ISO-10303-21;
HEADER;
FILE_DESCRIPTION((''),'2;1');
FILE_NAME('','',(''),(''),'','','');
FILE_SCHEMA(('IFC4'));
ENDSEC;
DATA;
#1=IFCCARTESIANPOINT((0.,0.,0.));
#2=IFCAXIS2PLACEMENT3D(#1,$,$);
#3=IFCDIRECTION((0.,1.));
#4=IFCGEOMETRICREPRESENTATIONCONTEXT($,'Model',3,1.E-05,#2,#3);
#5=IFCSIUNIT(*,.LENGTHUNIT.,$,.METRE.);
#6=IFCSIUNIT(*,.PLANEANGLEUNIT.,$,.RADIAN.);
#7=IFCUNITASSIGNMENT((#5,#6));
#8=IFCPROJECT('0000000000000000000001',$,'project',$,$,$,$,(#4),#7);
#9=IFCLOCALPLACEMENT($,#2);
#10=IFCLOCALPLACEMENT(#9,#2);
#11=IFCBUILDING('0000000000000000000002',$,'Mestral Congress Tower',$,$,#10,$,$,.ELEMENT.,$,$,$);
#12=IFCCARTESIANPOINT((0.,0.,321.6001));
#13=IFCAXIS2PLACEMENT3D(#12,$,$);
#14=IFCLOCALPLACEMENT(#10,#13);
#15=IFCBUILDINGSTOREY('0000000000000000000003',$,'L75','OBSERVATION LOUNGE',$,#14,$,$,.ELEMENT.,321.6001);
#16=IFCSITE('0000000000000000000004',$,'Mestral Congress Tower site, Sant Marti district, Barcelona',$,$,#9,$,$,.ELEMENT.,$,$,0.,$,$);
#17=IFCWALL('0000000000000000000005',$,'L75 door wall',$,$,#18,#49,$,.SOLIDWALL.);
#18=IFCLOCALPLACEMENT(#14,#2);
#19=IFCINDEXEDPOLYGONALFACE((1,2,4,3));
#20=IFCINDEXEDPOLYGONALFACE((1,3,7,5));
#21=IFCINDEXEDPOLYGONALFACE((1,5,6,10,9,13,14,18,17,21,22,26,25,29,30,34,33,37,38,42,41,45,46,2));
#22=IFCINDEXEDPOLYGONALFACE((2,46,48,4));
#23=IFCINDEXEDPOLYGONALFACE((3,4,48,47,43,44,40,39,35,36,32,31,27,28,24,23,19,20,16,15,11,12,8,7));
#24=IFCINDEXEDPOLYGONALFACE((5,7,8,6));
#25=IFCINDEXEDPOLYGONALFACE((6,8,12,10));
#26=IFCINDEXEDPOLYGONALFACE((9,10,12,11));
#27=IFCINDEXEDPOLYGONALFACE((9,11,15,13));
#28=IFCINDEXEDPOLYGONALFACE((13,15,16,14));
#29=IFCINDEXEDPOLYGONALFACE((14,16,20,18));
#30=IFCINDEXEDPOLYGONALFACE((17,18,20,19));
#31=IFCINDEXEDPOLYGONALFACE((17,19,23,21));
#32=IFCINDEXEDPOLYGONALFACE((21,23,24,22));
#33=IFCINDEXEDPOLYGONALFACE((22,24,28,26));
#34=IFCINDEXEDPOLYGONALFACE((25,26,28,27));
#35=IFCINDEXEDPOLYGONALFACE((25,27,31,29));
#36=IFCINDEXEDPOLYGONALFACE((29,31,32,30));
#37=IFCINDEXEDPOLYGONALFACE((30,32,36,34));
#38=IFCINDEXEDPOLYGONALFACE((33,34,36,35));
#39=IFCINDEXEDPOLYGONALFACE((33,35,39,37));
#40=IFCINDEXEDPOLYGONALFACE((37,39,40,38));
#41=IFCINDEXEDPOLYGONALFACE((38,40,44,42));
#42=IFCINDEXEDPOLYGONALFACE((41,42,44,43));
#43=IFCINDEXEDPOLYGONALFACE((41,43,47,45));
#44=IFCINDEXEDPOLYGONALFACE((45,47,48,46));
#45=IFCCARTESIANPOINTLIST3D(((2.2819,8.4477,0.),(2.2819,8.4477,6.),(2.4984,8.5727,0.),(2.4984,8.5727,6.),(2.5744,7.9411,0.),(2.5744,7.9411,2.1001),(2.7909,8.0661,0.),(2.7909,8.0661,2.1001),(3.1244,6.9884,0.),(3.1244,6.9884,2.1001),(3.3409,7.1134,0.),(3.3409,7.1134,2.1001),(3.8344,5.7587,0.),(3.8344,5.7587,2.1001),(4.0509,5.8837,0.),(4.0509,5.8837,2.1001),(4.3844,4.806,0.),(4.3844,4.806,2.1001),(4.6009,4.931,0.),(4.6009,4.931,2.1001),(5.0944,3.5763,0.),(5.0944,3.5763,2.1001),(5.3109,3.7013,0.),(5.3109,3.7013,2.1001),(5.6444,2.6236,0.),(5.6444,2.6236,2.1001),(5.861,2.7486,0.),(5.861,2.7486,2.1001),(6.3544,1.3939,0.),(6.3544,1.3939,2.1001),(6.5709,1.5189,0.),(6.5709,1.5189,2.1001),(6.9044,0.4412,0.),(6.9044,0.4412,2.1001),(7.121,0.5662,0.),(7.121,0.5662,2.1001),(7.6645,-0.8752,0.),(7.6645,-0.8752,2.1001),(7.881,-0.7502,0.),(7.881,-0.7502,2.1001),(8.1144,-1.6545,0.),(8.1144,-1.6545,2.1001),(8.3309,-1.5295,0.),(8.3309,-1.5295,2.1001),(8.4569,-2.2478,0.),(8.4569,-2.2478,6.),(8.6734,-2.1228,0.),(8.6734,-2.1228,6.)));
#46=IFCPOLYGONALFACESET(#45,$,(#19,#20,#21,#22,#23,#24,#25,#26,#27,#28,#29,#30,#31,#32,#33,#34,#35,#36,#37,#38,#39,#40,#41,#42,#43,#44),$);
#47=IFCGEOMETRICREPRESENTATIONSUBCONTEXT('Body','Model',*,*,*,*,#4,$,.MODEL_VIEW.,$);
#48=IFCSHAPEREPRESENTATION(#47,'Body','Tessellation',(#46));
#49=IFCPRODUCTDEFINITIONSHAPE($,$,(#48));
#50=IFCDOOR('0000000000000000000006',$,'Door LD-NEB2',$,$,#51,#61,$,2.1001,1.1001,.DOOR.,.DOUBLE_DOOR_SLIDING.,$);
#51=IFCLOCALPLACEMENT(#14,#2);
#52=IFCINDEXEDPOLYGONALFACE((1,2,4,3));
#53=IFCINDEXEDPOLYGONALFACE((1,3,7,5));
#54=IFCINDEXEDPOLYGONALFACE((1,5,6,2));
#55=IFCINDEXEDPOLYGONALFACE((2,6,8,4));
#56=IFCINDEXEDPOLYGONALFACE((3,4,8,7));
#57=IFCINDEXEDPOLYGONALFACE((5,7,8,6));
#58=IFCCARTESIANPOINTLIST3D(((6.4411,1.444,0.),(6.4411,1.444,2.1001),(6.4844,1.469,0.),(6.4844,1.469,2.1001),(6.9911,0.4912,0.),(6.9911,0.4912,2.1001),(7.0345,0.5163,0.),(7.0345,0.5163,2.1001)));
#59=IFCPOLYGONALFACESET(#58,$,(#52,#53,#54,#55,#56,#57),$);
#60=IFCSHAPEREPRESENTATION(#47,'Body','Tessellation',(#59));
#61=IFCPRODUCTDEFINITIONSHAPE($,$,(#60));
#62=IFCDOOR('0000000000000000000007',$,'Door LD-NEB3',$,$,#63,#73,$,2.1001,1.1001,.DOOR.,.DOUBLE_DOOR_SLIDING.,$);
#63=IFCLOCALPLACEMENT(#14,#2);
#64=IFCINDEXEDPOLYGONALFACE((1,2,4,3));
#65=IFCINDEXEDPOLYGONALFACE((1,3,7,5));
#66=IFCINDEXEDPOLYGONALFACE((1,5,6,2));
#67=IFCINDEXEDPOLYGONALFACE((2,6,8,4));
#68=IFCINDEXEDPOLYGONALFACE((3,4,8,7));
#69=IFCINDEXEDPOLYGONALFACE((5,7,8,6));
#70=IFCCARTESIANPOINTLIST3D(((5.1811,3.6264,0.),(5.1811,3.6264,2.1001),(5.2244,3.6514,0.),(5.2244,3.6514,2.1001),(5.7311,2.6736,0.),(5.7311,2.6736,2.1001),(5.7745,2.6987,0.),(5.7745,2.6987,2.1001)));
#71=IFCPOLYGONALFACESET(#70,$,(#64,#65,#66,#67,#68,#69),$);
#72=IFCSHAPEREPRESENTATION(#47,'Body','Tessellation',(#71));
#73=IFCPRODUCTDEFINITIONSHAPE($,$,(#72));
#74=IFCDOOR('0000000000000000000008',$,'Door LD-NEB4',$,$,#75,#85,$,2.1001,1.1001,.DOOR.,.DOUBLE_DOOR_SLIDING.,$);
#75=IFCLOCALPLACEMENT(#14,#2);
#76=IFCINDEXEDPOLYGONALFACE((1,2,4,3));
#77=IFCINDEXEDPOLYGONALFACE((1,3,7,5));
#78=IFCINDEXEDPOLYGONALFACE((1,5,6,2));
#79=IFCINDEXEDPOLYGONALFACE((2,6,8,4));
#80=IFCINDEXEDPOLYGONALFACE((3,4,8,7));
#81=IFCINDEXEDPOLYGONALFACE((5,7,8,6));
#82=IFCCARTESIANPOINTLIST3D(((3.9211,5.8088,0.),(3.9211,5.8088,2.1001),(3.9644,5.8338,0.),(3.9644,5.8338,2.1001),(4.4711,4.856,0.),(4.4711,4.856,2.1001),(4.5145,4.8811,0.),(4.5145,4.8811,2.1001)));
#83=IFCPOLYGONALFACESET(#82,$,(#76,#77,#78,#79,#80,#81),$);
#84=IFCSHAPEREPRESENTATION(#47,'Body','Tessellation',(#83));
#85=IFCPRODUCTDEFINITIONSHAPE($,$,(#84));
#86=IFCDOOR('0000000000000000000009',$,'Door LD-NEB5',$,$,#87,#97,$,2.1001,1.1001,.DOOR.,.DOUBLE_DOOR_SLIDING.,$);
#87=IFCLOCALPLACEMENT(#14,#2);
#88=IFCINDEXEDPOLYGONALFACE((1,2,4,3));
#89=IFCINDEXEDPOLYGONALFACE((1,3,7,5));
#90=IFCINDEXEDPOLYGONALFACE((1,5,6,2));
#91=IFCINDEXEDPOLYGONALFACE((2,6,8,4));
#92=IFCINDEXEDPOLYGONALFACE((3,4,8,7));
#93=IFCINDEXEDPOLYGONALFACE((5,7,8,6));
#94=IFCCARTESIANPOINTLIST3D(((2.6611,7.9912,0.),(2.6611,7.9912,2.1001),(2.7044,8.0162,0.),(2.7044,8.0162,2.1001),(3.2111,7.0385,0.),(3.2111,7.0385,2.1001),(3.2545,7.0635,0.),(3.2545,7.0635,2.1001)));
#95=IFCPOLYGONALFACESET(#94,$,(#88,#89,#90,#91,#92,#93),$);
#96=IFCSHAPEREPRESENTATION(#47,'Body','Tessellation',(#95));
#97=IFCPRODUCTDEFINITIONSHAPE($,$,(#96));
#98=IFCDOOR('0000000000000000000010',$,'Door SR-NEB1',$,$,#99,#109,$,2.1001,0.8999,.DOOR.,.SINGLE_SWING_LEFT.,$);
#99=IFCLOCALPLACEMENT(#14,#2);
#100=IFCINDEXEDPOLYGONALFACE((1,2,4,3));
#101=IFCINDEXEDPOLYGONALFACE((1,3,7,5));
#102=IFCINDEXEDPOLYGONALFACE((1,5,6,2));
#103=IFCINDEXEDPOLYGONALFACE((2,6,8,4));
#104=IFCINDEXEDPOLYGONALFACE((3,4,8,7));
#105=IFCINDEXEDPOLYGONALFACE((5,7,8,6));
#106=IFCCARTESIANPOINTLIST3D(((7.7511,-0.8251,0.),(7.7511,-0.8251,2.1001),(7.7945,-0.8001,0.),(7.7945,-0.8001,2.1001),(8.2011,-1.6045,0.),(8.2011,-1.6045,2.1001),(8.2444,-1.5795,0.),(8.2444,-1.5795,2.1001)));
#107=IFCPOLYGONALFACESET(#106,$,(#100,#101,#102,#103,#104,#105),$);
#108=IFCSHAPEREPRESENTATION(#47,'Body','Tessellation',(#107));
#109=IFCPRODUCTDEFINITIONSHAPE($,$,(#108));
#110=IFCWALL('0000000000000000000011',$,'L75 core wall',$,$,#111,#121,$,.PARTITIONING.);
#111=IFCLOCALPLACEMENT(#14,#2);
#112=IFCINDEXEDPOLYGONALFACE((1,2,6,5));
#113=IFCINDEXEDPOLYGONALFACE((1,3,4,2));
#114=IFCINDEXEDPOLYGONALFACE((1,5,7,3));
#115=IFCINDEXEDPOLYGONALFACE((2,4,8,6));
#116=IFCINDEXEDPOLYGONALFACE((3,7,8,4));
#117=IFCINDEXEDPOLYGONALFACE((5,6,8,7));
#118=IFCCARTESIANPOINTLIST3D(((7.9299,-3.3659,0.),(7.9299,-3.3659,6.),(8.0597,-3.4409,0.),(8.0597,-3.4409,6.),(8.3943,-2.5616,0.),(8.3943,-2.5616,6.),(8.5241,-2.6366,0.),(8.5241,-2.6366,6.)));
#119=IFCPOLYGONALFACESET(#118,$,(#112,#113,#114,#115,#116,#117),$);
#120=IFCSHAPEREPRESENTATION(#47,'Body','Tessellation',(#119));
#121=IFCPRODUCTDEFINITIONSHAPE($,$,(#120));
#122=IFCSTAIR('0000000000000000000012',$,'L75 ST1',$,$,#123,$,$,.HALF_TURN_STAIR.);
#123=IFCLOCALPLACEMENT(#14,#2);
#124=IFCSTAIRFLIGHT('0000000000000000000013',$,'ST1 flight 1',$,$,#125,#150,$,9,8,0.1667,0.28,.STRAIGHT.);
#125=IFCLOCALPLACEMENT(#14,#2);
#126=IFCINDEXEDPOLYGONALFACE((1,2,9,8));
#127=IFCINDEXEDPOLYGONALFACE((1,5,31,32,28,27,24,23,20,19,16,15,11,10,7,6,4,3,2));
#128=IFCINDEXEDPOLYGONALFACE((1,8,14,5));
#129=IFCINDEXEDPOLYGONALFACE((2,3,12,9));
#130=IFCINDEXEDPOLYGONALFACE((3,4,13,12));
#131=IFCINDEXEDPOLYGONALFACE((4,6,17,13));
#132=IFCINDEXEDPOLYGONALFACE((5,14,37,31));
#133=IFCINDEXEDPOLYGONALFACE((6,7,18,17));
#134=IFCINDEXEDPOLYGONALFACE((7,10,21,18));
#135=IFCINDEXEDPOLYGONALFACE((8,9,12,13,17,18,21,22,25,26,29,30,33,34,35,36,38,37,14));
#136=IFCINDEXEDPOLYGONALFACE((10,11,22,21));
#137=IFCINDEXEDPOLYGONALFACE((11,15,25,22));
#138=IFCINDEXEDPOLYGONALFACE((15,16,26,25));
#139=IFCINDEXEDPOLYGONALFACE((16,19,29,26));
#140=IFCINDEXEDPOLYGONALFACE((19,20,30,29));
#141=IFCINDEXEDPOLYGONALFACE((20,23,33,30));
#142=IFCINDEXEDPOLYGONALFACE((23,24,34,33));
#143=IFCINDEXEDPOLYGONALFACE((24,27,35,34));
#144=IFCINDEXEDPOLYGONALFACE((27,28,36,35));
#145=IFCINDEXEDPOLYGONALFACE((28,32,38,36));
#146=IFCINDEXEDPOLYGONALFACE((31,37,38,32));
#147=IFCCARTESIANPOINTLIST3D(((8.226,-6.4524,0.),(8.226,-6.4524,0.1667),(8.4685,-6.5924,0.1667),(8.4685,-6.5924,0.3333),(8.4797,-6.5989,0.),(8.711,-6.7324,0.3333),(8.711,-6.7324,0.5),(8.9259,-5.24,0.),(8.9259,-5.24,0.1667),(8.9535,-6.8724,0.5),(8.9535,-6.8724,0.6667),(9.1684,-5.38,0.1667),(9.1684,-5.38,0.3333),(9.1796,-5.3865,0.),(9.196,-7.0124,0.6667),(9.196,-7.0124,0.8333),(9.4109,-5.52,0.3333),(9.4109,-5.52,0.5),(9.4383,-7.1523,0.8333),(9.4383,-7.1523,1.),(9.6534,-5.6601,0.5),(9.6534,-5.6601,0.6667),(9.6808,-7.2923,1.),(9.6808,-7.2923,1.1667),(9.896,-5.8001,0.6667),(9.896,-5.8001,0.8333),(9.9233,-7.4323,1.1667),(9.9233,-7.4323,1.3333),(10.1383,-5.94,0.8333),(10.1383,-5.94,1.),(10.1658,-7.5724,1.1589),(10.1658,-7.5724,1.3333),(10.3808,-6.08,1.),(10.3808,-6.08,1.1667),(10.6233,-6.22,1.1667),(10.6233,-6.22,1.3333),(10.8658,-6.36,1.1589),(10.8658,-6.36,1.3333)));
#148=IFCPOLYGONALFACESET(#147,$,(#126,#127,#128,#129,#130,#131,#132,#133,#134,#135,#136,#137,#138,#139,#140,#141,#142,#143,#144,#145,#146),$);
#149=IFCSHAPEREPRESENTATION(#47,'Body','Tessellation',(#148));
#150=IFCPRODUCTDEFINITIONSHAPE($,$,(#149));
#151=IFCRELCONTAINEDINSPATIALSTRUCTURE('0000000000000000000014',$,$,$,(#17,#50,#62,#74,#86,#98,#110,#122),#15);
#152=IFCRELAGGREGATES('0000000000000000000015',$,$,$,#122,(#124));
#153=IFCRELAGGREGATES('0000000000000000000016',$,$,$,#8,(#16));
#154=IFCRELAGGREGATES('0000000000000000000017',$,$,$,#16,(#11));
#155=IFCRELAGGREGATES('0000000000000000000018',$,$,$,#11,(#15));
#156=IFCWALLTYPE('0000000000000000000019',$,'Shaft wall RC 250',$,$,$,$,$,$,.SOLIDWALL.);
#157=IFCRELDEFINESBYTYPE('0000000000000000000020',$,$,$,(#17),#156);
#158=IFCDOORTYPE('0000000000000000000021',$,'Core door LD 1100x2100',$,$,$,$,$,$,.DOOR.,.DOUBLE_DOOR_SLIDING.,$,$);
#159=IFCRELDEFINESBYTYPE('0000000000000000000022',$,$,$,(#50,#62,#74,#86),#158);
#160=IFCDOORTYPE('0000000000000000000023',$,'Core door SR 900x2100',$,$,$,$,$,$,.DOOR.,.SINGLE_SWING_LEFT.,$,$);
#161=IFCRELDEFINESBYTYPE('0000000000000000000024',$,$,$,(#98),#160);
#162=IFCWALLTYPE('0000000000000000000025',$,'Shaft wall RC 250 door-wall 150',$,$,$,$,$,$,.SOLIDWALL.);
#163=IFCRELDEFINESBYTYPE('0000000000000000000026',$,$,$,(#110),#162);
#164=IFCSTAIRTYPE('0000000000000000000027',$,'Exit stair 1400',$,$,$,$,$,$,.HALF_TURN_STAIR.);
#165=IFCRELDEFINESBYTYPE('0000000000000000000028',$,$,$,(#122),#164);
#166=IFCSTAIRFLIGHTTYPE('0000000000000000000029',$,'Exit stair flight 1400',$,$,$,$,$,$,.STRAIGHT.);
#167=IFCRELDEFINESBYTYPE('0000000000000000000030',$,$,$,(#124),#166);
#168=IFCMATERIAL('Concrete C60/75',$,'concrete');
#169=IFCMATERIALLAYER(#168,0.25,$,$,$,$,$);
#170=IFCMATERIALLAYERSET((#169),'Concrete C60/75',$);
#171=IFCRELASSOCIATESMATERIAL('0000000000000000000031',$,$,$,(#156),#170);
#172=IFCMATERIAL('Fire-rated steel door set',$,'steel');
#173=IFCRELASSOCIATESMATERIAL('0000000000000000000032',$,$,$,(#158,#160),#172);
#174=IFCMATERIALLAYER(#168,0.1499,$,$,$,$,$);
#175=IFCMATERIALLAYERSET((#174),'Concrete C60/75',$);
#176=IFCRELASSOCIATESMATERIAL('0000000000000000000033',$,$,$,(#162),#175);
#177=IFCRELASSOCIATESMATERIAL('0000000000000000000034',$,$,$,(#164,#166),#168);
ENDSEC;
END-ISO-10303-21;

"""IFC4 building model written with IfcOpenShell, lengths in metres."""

from ifc_helpers import new_model, si_unit, direction, frame, frame_2d, origin, place, context, subcontext, project, spatial, polyline, rectangle, outline, extrude, material, layer, layer_set, type_object, element, fill, aggregate, save


model = new_model("IFC4")

# Units and contexts
model_context = context("Model", 3, precision=1e-05, world=origin(), true_north=direction((0.0, 1.0)))
body_context = subcontext(model_context, "Body", "Model", "MODEL_VIEW")
ifc_project = project(units=[si_unit("LENGTHUNIT", "METRE"), si_unit("PLANEANGLEUNIT", "RADIAN")], contexts=[model_context])

# Site, building, storey
site_placement = place(None, origin())
site = spatial("IfcSite", under=ifc_project, at=site_placement, Name="Mestral Congress Tower site, Sant Marti district, Barcelona", CompositionType="ELEMENT", RefElevation=0.0)
building_placement = place(site_placement, origin())
building = spatial("IfcBuilding", under=site, at=building_placement, Name="Mestral Congress Tower", CompositionType="ELEMENT")
storey_placement = place(building_placement, frame((0.0, 0.0, 321.6001)))
storey = spatial("IfcBuildingStorey", under=building, at=storey_placement, Name="L75", Description="OBSERVATION LOUNGE", CompositionType="ELEMENT", Elevation=321.6001)

# Shared definitions
ifc_material_1 = material(Name="Concrete C60/75", Category="concrete")

# Shared definitions
ifc_material_2 = material(Name="Fire-rated steel door set", Category="steel")

# Wall, openings, doors
ifc_layer_1 = layer(ifc_material_1, 0.25)
ifc_layer_set_1 = layer_set([ifc_layer_1], Name="Concrete C60/75")
wall_type_1 = type_object("IfcWallType", Name="Shaft wall RC 250", PredefinedType="SOLIDWALL", material=ifc_layer_set_1)
wall_1_placement = place(storey_placement, frame((8.5652, -2.1853, 0.0), z_axis=(0.0, 0.0, 1.0), x_axis=(-0.499998, 0.866027, 0.0)))
wall_1 = element("IfcWall", 1, at=wall_1_placement, inside=storey, type_object=wall_type_1, Name="L75 door wall", PredefinedType="SOLIDWALL", context=body_context, shape_type="SweptSolid", body=[
    extrude(rectangle(XDim=12.3501, YDim=0.25, at=frame_2d((6.175, 0.0))), origin(), (0.0, 0.0, 1.0), 6.0),
])
opening_1_placement = place(wall_1_placement, frame((0.6851, 0.0, 0.0)))
opening_1 = element("IfcOpeningElement", 2, at=opening_1_placement, cuts=wall_1, PredefinedType="OPENING", context=body_context, shape_type="SweptSolid", body=[
    extrude(rectangle(XDim=0.8999, YDim=2.1001, at=frame_2d((0.45, 1.05))), frame((0.0, 0.135, 0.0), z_axis=(0.0, -1.0, 0.0), x_axis=(1.0, 0.0, 0.0)), (0.0, 0.0, 1.0), 0.27),
])
opening_2_placement = place(wall_1_placement, frame((3.105, 0.0, 0.0)))
opening_2 = element("IfcOpeningElement", 3, at=opening_2_placement, cuts=wall_1, PredefinedType="OPENING", context=body_context, shape_type="SweptSolid", body=[
    extrude(rectangle(XDim=1.1001, YDim=2.1001, at=frame_2d((0.55, 1.05))), frame((0.0, 0.135, 0.0), z_axis=(0.0, -1.0, 0.0), x_axis=(1.0, 0.0, 0.0)), (0.0, 0.0, 1.0), 0.27),
])
opening_3_placement = place(wall_1_placement, frame((5.625, 0.0, 0.0)))
opening_3 = element("IfcOpeningElement", 4, at=opening_3_placement, cuts=wall_1, PredefinedType="OPENING", context=body_context, shape_type="SweptSolid", body=[
    extrude(rectangle(XDim=1.1001, YDim=2.1001, at=frame_2d((0.55, 1.05))), frame((0.0, 0.135, 0.0), z_axis=(0.0, -1.0, 0.0), x_axis=(1.0, 0.0, 0.0)), (0.0, 0.0, 1.0), 0.27),
])
opening_4_placement = place(wall_1_placement, frame((8.145, 0.0, 0.0)))
opening_4 = element("IfcOpeningElement", 5, at=opening_4_placement, cuts=wall_1, PredefinedType="OPENING", context=body_context, shape_type="SweptSolid", body=[
    extrude(rectangle(XDim=1.1001, YDim=2.1001, at=frame_2d((0.55, 1.05))), frame((0.0, 0.135, 0.0), z_axis=(0.0, -1.0, 0.0), x_axis=(1.0, 0.0, 0.0)), (0.0, 0.0, 1.0), 0.27),
])
opening_5_placement = place(wall_1_placement, frame((10.665, 0.0, 0.0)))
opening_5 = element("IfcOpeningElement", 6, at=opening_5_placement, cuts=wall_1, PredefinedType="OPENING", context=body_context, shape_type="SweptSolid", body=[
    extrude(rectangle(XDim=1.1001, YDim=2.1001, at=frame_2d((0.55, 1.05))), frame((0.0, 0.135, 0.0), z_axis=(0.0, -1.0, 0.0), x_axis=(1.0, 0.0, 0.0)), (0.0, 0.0, 1.0), 0.27),
])
door_type_1 = type_object("IfcDoorType", Name="Core door LD 1100x2100", OperationType="DOUBLE_DOOR_SLIDING", PredefinedType="DOOR", material=ifc_material_2)
door_1_placement = place(opening_2_placement, origin())
door_1 = element("IfcDoor", 7, at=door_1_placement, inside=storey, type_object=door_type_1, Name="Door LD-NEB2", OperationType="DOUBLE_DOOR_SLIDING", OverallHeight=2.1001, OverallWidth=1.1001, PredefinedType="DOOR", context=body_context, shape_type="SweptSolid", body=[
    extrude(rectangle(XDim=1.1001, YDim=2.1001, at=frame_2d((0.55, 1.05))), frame((0.0, 0.0249, 0.0), z_axis=(0.0, -1.0, 0.0), x_axis=(1.0, 0.0, 0.0)), (0.0, 0.0, 1.0), 0.05),
])
fill(opening_2, door_1)
door_2_placement = place(opening_3_placement, origin())
door_2 = element("IfcDoor", 8, at=door_2_placement, inside=storey, type_object=door_type_1, Name="Door LD-NEB3", OperationType="DOUBLE_DOOR_SLIDING", OverallHeight=2.1001, OverallWidth=1.1001, PredefinedType="DOOR", context=body_context, shape_type="SweptSolid", body=[
    extrude(rectangle(XDim=1.1001, YDim=2.1001, at=frame_2d((0.55, 1.05))), frame((0.0, 0.0249, 0.0), z_axis=(0.0, -1.0, 0.0), x_axis=(1.0, 0.0, 0.0)), (0.0, 0.0, 1.0), 0.05),
])
fill(opening_3, door_2)
door_3_placement = place(opening_4_placement, origin())
door_3 = element("IfcDoor", 9, at=door_3_placement, inside=storey, type_object=door_type_1, Name="Door LD-NEB4", OperationType="DOUBLE_DOOR_SLIDING", OverallHeight=2.1001, OverallWidth=1.1001, PredefinedType="DOOR", context=body_context, shape_type="SweptSolid", body=[
    extrude(rectangle(XDim=1.1001, YDim=2.1001, at=frame_2d((0.55, 1.05))), frame((0.0, 0.0249, 0.0), z_axis=(0.0, -1.0, 0.0), x_axis=(1.0, 0.0, 0.0)), (0.0, 0.0, 1.0), 0.05),
])
fill(opening_4, door_3)
door_4_placement = place(opening_5_placement, origin())
door_4 = element("IfcDoor", 10, at=door_4_placement, inside=storey, type_object=door_type_1, Name="Door LD-NEB5", OperationType="DOUBLE_DOOR_SLIDING", OverallHeight=2.1001, OverallWidth=1.1001, PredefinedType="DOOR", context=body_context, shape_type="SweptSolid", body=[
    extrude(rectangle(XDim=1.1001, YDim=2.1001, at=frame_2d((0.55, 1.05))), frame((0.0, 0.0249, 0.0), z_axis=(0.0, -1.0, 0.0), x_axis=(1.0, 0.0, 0.0)), (0.0, 0.0, 1.0), 0.05),
])
fill(opening_5, door_4)
door_type_2 = type_object("IfcDoorType", Name="Core door SR 900x2100", OperationType="SINGLE_SWING_LEFT", PredefinedType="DOOR", material=ifc_material_2)
door_5_placement = place(opening_1_placement, origin())
door_5 = element("IfcDoor", 11, at=door_5_placement, inside=storey, type_object=door_type_2, Name="Door SR-NEB1", OperationType="SINGLE_SWING_LEFT", OverallHeight=2.1001, OverallWidth=0.8999, PredefinedType="DOOR", context=body_context, shape_type="SweptSolid", body=[
    extrude(rectangle(XDim=0.8999, YDim=2.1001, at=frame_2d((0.45, 1.05))), frame((0.0, 0.0249, 0.0), z_axis=(0.0, -1.0, 0.0), x_axis=(1.0, 0.0, 0.0)), (0.0, 0.0, 1.0), 0.05),
])
fill(opening_1, door_5)

# Wall
ifc_layer_2 = layer(ifc_material_1, 0.1499)
ifc_layer_set_2 = layer_set([ifc_layer_2], Name="Concrete C60/75")
wall_type_2 = type_object("IfcWallType", Name="Shaft wall RC 250 door-wall 150", PredefinedType="SOLIDWALL", material=ifc_layer_set_2)
wall_2_placement = place(storey_placement, frame((8.4592, -2.5991, 0.0), z_axis=(0.0, 0.0, 1.0), x_axis=(-0.500041, -0.866002, 0.0)))
element("IfcWall", 12, at=wall_2_placement, inside=storey, type_object=wall_type_2, Name="L75 core wall", PredefinedType="PARTITIONING", context=body_context, shape_type="SweptSolid", body=[
    extrude(rectangle(XDim=0.9287, YDim=0.1499, at=frame_2d((0.4644, 0.0))), origin(), (0.0, 0.0, 1.0), 6.0),
])

# Stair, stair flight
stair_type = type_object("IfcStairType", Name="Exit stair 1400", PredefinedType="HALF_TURN_STAIR", material=ifc_material_1)
stair_placement = place(storey_placement, origin())
stair = element("IfcStair", 13, at=stair_placement, inside=storey, type_object=stair_type, Name="L75 ST1", PredefinedType="HALF_TURN_STAIR")
stair_flight_type = type_object("IfcStairFlightType", Name="Exit stair flight 1400", PredefinedType="STRAIGHT", material=ifc_material_1)
stair_flight_1_placement = place(storey_placement, frame((8.5759, -5.8462, 0.0), z_axis=(0.0, 0.0, 1.0), x_axis=(0.866025, -0.5, 0.0)))
stair_flight_1 = element("IfcStairFlight", 14, at=stair_flight_1_placement, type_object=stair_flight_type, Name="ST1 flight 1", NumberOfRisers=9, NumberOfTreads=8, PredefinedType="STRAIGHT", RiserHeight=0.1667, TreadLength=0.28, context=body_context, shape_type="SweptSolid", body=[
    extrude(outline(polyline([(0.0, 0.0), (0.0, 0.1667), (0.28, 0.1667), (0.28, 0.3333), (0.5601, 0.3333), (0.5601, 0.5), (0.8401, 0.5), (0.8401, 0.6667), (1.1201, 0.6667), (1.1201, 0.8333), (1.3999, 0.8333), (1.3999, 1.0), (1.6799, 1.0), (1.6799, 1.1667), (1.96, 1.1667), (1.96, 1.3333), (2.24, 1.3333), (2.24, 1.5), (2.24, 1.1589), (0.293, 0.0), (0.0, 0.0)])), frame((0.0, 0.7, 0.0), z_axis=(0.0, -1.0, 0.0), x_axis=(1.0, 0.0, 0.0)), (0.0, 0.0, 1.0), 1.3999),
])
aggregate(stair, [stair_flight_1])

save(model, "model.ifc")
